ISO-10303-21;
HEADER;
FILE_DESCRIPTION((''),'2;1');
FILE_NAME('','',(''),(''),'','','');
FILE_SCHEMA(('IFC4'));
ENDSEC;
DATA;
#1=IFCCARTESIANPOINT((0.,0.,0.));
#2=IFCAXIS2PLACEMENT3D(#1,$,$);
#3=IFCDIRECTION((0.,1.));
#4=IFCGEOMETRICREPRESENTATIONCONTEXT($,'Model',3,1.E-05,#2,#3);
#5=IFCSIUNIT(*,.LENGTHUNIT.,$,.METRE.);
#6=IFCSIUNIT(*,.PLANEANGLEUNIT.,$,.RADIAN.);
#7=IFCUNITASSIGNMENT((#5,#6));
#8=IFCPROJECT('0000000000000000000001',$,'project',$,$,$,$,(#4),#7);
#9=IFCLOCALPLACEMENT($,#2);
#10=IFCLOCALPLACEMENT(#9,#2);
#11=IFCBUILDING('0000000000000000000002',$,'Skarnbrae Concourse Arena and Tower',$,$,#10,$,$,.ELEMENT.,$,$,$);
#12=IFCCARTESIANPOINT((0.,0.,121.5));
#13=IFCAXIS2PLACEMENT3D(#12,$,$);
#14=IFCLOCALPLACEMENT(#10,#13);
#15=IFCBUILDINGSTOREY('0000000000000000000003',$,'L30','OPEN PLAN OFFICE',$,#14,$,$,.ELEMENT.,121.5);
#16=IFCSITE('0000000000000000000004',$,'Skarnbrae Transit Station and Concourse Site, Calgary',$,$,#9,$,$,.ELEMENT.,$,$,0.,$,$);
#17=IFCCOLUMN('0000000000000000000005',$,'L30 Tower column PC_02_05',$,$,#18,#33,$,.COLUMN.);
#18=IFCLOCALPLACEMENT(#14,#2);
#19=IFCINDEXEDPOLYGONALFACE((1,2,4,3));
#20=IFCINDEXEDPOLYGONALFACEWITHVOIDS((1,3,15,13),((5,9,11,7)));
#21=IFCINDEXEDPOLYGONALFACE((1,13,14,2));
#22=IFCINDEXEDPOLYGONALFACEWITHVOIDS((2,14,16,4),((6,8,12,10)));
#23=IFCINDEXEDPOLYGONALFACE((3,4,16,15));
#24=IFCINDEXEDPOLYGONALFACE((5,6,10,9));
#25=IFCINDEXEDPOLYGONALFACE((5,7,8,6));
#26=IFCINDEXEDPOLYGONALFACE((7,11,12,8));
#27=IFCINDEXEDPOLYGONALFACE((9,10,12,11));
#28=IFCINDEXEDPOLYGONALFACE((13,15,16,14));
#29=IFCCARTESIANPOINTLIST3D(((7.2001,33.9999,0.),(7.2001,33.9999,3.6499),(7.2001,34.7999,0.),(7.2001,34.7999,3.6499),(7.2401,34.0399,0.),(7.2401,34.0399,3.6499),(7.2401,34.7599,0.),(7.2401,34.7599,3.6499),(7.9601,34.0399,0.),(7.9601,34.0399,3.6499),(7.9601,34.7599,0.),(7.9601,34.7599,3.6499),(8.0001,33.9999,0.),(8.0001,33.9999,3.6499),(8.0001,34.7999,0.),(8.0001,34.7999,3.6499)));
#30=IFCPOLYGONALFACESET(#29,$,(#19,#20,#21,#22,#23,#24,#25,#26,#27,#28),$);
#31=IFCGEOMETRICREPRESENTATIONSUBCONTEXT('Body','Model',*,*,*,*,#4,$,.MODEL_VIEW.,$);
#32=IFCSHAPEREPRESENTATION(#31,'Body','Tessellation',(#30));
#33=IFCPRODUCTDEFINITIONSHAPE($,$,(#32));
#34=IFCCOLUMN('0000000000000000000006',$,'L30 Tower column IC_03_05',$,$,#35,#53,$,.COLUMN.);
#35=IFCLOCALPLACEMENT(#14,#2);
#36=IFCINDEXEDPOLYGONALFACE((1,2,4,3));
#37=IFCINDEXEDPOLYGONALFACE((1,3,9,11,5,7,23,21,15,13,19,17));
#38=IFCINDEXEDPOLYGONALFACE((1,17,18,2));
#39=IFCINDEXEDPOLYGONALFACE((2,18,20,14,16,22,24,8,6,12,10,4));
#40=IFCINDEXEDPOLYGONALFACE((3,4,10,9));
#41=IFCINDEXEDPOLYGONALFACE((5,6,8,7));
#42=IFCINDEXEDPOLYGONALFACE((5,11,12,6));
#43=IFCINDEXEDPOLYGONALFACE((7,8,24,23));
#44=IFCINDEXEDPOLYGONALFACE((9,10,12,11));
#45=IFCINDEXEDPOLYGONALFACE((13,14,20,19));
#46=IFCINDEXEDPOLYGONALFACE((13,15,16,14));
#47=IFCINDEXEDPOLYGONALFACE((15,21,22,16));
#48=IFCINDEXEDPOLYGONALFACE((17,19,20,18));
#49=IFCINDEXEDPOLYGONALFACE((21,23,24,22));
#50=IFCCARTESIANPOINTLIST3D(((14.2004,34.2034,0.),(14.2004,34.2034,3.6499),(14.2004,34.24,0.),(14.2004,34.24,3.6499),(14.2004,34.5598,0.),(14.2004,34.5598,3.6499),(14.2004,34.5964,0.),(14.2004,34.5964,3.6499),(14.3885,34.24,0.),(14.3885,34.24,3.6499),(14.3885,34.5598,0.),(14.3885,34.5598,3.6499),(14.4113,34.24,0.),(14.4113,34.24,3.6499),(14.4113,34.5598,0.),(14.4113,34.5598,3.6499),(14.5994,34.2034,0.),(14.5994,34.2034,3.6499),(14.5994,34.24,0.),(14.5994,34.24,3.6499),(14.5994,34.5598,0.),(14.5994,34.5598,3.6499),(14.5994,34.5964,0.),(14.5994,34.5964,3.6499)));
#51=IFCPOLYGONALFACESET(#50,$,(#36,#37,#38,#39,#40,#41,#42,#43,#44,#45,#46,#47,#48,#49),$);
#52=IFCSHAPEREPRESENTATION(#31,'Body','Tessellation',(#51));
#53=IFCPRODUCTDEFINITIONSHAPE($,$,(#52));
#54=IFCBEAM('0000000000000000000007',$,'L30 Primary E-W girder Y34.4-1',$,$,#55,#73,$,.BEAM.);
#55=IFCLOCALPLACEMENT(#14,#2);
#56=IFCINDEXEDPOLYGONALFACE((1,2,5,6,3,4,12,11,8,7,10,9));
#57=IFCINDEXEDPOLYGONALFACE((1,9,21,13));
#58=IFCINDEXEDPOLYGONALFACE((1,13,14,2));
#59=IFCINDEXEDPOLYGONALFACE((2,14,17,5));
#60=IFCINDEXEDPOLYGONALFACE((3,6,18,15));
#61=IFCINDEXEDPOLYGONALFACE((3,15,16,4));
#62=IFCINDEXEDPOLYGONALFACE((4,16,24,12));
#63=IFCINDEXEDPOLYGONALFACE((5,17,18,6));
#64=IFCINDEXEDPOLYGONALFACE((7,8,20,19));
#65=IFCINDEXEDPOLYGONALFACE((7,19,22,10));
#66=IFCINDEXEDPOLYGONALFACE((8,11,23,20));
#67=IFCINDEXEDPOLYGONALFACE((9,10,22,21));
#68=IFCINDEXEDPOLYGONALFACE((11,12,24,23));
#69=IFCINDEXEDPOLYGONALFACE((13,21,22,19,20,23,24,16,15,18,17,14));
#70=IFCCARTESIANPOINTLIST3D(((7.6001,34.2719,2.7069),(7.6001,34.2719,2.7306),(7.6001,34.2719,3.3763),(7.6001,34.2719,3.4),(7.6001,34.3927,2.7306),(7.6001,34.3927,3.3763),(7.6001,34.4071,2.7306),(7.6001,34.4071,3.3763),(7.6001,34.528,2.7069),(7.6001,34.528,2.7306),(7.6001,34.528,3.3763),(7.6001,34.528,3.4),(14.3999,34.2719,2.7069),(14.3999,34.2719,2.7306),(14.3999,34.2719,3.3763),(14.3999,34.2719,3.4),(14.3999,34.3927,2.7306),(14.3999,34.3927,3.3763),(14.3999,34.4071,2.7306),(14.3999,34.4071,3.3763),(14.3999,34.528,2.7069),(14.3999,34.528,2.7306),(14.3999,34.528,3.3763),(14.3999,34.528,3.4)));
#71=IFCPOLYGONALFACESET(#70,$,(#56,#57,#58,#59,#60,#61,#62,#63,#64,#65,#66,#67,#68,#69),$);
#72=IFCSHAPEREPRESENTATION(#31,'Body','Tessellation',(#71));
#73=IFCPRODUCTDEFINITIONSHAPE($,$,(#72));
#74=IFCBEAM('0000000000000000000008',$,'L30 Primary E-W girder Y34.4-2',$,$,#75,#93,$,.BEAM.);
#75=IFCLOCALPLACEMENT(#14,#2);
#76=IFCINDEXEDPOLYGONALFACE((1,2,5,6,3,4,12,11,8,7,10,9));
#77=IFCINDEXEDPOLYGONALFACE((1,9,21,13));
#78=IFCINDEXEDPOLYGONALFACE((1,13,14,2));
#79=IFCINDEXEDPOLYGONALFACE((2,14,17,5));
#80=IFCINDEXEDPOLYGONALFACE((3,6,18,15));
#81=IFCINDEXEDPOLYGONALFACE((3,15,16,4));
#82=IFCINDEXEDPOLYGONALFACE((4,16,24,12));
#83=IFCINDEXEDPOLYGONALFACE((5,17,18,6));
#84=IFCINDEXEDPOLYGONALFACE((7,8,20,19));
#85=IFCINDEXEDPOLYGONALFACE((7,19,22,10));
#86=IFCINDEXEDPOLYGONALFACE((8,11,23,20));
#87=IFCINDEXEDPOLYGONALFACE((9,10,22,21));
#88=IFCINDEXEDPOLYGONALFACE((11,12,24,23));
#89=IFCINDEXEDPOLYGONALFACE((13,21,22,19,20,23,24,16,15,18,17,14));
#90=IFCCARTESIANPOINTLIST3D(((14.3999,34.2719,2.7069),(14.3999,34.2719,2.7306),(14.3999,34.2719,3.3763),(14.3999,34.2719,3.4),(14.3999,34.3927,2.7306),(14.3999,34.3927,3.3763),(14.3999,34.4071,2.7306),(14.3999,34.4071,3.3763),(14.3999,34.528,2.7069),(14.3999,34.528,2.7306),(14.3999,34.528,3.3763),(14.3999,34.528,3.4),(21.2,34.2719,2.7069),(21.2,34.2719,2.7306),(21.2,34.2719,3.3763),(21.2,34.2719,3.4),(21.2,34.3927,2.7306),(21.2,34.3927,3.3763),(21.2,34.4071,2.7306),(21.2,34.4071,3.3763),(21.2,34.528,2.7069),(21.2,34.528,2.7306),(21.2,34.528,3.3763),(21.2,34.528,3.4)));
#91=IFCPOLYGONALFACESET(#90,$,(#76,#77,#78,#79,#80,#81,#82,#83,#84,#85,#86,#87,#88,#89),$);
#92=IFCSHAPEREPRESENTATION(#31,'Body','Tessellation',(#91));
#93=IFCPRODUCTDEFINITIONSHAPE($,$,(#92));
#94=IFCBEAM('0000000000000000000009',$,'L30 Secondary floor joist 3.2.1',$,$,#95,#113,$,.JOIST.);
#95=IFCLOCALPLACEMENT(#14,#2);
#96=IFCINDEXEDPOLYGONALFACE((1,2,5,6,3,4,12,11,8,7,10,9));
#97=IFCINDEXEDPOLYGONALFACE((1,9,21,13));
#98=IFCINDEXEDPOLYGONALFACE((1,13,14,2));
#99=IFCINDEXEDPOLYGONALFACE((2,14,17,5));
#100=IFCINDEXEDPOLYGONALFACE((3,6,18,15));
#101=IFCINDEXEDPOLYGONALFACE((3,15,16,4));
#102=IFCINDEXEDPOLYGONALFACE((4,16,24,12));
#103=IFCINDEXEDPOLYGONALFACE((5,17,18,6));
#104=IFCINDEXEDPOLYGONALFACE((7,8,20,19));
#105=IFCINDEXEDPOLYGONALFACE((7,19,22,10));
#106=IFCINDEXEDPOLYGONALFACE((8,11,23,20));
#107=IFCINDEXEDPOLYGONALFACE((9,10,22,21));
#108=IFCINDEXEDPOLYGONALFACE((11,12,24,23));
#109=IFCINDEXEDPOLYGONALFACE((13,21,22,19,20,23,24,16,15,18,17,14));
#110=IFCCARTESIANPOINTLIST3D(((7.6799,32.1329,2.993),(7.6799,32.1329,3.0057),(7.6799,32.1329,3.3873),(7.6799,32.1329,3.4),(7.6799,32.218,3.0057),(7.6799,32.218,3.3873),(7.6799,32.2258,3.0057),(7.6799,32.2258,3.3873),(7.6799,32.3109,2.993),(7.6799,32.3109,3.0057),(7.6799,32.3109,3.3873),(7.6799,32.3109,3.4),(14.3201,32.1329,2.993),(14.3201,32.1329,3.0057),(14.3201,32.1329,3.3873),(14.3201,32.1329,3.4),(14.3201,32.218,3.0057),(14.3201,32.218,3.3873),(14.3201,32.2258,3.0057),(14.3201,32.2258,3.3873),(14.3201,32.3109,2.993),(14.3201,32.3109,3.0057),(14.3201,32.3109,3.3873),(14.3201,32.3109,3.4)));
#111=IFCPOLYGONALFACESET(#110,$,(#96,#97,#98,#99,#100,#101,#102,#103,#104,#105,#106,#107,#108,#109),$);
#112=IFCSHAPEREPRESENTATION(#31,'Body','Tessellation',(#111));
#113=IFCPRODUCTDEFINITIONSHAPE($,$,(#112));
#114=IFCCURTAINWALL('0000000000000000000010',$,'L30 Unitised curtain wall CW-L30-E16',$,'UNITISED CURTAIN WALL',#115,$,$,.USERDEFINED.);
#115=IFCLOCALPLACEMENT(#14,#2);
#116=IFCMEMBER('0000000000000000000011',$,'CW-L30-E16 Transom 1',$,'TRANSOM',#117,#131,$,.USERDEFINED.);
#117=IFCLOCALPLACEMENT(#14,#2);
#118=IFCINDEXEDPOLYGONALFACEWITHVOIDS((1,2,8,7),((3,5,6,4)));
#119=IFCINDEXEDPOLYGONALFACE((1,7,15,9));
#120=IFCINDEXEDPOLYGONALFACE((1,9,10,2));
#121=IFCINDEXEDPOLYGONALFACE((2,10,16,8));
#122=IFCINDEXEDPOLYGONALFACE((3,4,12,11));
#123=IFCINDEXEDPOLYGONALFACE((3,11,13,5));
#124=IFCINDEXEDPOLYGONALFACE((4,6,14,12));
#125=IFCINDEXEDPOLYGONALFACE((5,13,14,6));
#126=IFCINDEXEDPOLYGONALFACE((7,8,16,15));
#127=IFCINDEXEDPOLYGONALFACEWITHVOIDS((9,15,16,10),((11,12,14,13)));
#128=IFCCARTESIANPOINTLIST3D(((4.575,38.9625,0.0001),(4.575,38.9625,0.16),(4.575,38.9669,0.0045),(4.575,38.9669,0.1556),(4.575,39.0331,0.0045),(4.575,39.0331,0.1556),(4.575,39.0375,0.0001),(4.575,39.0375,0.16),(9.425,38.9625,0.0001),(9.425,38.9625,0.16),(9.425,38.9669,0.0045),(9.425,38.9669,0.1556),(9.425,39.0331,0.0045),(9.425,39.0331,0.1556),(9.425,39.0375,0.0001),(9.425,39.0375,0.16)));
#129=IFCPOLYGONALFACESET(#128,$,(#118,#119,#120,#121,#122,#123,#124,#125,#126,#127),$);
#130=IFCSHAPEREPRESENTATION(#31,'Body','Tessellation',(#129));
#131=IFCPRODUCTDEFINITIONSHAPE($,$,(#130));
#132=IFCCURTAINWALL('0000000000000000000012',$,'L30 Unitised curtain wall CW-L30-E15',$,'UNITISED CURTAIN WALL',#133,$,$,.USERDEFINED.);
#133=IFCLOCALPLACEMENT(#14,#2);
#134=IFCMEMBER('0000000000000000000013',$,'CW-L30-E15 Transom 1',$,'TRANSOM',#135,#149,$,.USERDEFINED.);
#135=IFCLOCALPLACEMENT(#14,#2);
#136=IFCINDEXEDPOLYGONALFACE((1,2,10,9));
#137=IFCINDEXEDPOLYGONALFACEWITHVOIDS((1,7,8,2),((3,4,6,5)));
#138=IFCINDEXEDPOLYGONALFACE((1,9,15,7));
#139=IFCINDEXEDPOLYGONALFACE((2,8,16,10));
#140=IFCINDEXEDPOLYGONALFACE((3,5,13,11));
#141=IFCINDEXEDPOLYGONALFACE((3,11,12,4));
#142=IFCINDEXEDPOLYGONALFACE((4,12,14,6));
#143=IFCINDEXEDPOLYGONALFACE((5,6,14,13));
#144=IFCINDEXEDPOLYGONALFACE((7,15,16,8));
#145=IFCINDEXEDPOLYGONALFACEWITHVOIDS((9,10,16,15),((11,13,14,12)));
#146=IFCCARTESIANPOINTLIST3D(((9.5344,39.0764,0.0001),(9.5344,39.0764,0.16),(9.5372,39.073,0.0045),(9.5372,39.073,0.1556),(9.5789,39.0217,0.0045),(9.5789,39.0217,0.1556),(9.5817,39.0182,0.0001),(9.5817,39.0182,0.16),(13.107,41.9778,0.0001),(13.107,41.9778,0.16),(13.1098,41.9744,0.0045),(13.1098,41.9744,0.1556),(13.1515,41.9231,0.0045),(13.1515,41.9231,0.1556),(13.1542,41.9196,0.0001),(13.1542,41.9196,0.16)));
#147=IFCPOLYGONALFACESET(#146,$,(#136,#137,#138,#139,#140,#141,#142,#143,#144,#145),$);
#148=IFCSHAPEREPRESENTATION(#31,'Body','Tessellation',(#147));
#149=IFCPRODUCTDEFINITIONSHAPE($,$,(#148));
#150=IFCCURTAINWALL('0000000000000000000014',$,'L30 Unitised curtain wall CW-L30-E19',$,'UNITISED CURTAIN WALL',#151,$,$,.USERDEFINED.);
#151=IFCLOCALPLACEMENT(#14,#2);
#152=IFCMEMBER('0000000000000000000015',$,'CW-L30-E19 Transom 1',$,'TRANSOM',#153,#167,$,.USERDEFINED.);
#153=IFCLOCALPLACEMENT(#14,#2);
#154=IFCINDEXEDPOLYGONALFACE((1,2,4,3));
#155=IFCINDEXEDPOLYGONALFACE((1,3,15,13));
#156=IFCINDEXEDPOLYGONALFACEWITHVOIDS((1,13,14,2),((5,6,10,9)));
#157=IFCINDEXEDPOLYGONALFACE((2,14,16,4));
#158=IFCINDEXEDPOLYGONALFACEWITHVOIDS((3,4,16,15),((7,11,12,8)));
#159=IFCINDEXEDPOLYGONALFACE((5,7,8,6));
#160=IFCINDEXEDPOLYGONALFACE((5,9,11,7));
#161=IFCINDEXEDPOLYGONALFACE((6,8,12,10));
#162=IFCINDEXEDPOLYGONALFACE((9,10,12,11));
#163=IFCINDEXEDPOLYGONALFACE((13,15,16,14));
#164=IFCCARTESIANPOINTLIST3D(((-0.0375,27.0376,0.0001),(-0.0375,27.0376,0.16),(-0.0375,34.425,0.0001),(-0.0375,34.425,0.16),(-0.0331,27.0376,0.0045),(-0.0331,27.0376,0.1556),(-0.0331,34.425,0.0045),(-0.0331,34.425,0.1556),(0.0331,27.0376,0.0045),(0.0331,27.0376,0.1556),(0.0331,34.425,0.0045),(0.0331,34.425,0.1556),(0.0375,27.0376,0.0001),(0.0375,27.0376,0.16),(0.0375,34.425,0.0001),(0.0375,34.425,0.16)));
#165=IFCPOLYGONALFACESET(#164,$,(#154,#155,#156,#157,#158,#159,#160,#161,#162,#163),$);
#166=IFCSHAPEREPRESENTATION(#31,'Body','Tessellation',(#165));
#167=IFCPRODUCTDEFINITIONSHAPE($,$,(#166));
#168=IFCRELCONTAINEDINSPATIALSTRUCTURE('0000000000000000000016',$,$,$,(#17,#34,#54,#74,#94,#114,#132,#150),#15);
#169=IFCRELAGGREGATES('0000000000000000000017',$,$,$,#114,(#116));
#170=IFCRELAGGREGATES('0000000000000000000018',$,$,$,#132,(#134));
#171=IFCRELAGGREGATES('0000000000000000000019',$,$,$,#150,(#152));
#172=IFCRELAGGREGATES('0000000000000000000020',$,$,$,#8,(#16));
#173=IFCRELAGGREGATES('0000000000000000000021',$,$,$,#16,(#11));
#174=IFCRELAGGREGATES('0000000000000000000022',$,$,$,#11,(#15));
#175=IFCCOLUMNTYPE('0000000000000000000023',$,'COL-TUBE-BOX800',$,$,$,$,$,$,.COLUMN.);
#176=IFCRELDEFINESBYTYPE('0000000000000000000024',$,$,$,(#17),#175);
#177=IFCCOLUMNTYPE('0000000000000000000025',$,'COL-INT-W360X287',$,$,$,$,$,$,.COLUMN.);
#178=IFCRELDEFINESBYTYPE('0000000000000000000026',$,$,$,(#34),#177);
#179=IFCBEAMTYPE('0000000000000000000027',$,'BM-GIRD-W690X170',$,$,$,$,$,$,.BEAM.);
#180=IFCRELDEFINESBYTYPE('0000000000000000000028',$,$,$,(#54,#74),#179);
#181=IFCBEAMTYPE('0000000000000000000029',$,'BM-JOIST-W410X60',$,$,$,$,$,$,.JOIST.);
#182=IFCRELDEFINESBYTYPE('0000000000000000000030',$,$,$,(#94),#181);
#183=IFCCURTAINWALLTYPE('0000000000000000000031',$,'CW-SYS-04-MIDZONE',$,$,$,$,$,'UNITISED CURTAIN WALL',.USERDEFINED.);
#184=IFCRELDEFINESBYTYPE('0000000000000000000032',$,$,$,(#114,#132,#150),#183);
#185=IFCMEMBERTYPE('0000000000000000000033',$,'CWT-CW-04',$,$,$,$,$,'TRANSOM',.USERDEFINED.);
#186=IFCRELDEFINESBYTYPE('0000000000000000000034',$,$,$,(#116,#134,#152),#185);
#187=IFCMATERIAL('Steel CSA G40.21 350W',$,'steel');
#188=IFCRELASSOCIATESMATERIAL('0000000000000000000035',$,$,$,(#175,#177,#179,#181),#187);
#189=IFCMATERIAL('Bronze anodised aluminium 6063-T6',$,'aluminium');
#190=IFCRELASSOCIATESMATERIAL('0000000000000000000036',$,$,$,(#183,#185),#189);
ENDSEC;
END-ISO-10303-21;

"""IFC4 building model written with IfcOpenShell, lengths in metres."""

from ifc_helpers import new_model, si_unit, direction, frame, origin, origin_2d, place, context, subcontext, project, spatial, hollow_rectangle, i_section, extrude, source, transform, mapped, material, material_profile, profile_set, type_object, element, aggregate, save


model = new_model("IFC4")

# Units and contexts
model_context = context("Model", 3, precision=1e-05, world=origin(), true_north=direction((0.0, 1.0)))
body_context = subcontext(model_context, "Body", "Model", "MODEL_VIEW")
ifc_project = project(units=[si_unit("LENGTHUNIT", "METRE"), si_unit("PLANEANGLEUNIT", "RADIAN")], contexts=[model_context])

# Site, building, storey
site_placement = place(None, origin())
site = spatial("IfcSite", under=ifc_project, at=site_placement, Name="Skarnbrae Transit Station and Concourse Site, Calgary", CompositionType="ELEMENT", RefElevation=0.0)
building_placement = place(site_placement, origin())
building = spatial("IfcBuilding", under=site, at=building_placement, Name="Skarnbrae Concourse Arena and Tower", CompositionType="ELEMENT")
storey_placement = place(building_placement, frame((0.0, 0.0, 121.5)))
storey = spatial("IfcBuildingStorey", under=building, at=storey_placement, Name="L30", Description="OPEN PLAN OFFICE", CompositionType="ELEMENT", Elevation=121.5)

# Columns
ifc_material_1 = material(Name="Steel CSA G40.21 350W", Category="steel")
ifc_material_profile_1 = material_profile(ifc_material_1, hollow_rectangle(XDim=0.8, YDim=0.8, WallThickness=0.04, at=origin_2d()), Name="BOX800X800X40")
ifc_profile_set_1 = profile_set([ifc_material_profile_1], Name="Steel CSA G40.21 350W")
column_type_1 = type_object("IfcColumnType", Name="COL-TUBE-BOX800", PredefinedType="COLUMN", material=ifc_profile_set_1)
shared_shape_1 = source(origin(), body_context, "Body", "SweptSolid", [
    extrude(hollow_rectangle(XDim=0.8, YDim=0.8, WallThickness=0.04, at=origin_2d()), origin(), (0.0, 0.0, 1.0), 3.6499),
])
column_1_placement = place(storey_placement, frame((7.6001, 34.3999, 0.0), z_axis=(0.0, 0.0, 1.0), x_axis=(1.0, 0.0, 0.0)))
element("IfcColumn", 1, at=column_1_placement, inside=storey, type_object=column_type_1, Name="L30 Tower column PC_02_05", PredefinedType="COLUMN", context=body_context, shape_type="MappedRepresentation", body=[
    mapped(shared_shape_1, transform((0.0, 0.0, 0.0))),
])
ifc_material_profile_2 = material_profile(ifc_material_1, i_section(OverallWidth=0.3989, OverallDepth=0.3931, WebThickness=0.0227, FlangeThickness=0.0366, at=origin_2d()), Name="W360X287")
ifc_profile_set_2 = profile_set([ifc_material_profile_2], Name="Steel CSA G40.21 350W")
column_type_2 = type_object("IfcColumnType", Name="COL-INT-W360X287", PredefinedType="COLUMN", material=ifc_profile_set_2)
shared_shape_2 = source(origin(), body_context, "Body", "SweptSolid", [
    extrude(i_section(OverallWidth=0.3989, OverallDepth=0.3931, WebThickness=0.0227, FlangeThickness=0.0366, at=origin_2d()), origin(), (0.0, 0.0, 1.0), 3.6499),
])
column_2_placement = place(storey_placement, frame((14.3999, 34.3999, 0.0), z_axis=(0.0, 0.0, 1.0), x_axis=(1.0, 0.0, 0.0)))
element("IfcColumn", 2, at=column_2_placement, inside=storey, type_object=column_type_2, Name="L30 Tower column IC_03_05", PredefinedType="COLUMN", context=body_context, shape_type="MappedRepresentation", body=[
    mapped(shared_shape_2, transform((0.0, 0.0, 0.0))),
])

# Beams
ifc_material_profile_3 = material_profile(ifc_material_1, i_section(OverallWidth=0.2561, OverallDepth=0.6931, WebThickness=0.0144, FlangeThickness=0.0237, at=origin_2d()), Name="W690X170")
ifc_profile_set_3 = profile_set([ifc_material_profile_3], Name="Steel CSA G40.21 350W")
beam_type_1 = type_object("IfcBeamType", Name="BM-GIRD-W690X170", PredefinedType="BEAM", material=ifc_profile_set_3)
shared_shape_3 = source(origin(), body_context, "Body", "SweptSolid", [
    extrude(i_section(OverallWidth=0.2561, OverallDepth=0.6931, WebThickness=0.0144, FlangeThickness=0.0237, at=origin_2d()), origin(), (0.0, 0.0, 1.0), 6.7998),
])
beam_1_placement = place(storey_placement, frame((7.6001, 34.3999, 3.0535), z_axis=(1.0, 0.0, 0.0), x_axis=(0.0, 1.0, 0.0)))
element("IfcBeam", 3, at=beam_1_placement, inside=storey, type_object=beam_type_1, Name="L30 Primary E-W girder Y34.4-1", PredefinedType="BEAM", context=body_context, shape_type="MappedRepresentation", body=[
    mapped(shared_shape_3, transform((0.0, 0.0, 0.0))),
])
shared_shape_4 = source(origin(), body_context, "Body", "SweptSolid", [
    extrude(i_section(OverallWidth=0.2561, OverallDepth=0.6931, WebThickness=0.0144, FlangeThickness=0.0237, at=origin_2d()), origin(), (0.0, 0.0, 1.0), 6.8),
])
beam_2_placement = place(storey_placement, frame((14.3999, 34.3999, 3.0535), z_axis=(1.0, 0.0, 0.0), x_axis=(0.0, 1.0, 0.0)))
element("IfcBeam", 4, at=beam_2_placement, inside=storey, type_object=beam_type_1, Name="L30 Primary E-W girder Y34.4-2", PredefinedType="BEAM", context=body_context, shape_type="MappedRepresentation", body=[
    mapped(shared_shape_4, transform((0.0, 0.0, 0.0))),
])
ifc_material_profile_4 = material_profile(ifc_material_1, i_section(OverallWidth=0.178, OverallDepth=0.407, WebThickness=0.0078, FlangeThickness=0.0127, at=origin_2d()), Name="W410X60")
ifc_profile_set_4 = profile_set([ifc_material_profile_4], Name="Steel CSA G40.21 350W")
beam_type_2 = type_object("IfcBeamType", Name="BM-JOIST-W410X60", PredefinedType="JOIST", material=ifc_profile_set_4)
shared_shape_5 = source(origin(), body_context, "Body", "SweptSolid", [
    extrude(i_section(OverallWidth=0.178, OverallDepth=0.407, WebThickness=0.0078, FlangeThickness=0.0127, at=origin_2d()), origin(), (0.0, 0.0, 1.0), 6.6401),
])
beam_3_placement = place(storey_placement, frame((7.6799, 32.2219, 3.1965), z_axis=(1.0, 0.0, 0.0), x_axis=(0.0, 1.0, 0.0)))
element("IfcBeam", 5, at=beam_3_placement, inside=storey, type_object=beam_type_2, Name="L30 Secondary floor joist 3.2.1", PredefinedType="JOIST", context=body_context, shape_type="MappedRepresentation", body=[
    mapped(shared_shape_5, transform((0.0, 0.0, 0.0))),
])

# Curtain walls, members
ifc_material_2 = material(Name="Bronze anodised aluminium 6063-T6", Category="aluminium")
curtain_wall_type = type_object("IfcCurtainWallType", Name="CW-SYS-04-MIDZONE", ElementType="UNITISED CURTAIN WALL", PredefinedType="USERDEFINED", material=ifc_material_2)
curtain_wall_1_placement = place(storey_placement, origin())
curtain_wall_1 = element("IfcCurtainWall", 6, at=curtain_wall_1_placement, inside=storey, type_object=curtain_wall_type, Name="L30 Unitised curtain wall CW-L30-E16", ObjectType="UNITISED CURTAIN WALL", PredefinedType="USERDEFINED")
ifc_material_profile_5 = material_profile(ifc_material_2, hollow_rectangle(XDim=0.075, YDim=0.1599, WallThickness=0.0044, at=origin_2d()), Name="ALU-TRAN-75X160")
ifc_profile_set_5 = profile_set([ifc_material_profile_5], Name="Bronze anodised aluminium 6063-T6")
member_type_1 = type_object("IfcMemberType", Name="CWT-CW-04", ElementType="TRANSOM", PredefinedType="USERDEFINED", material=ifc_profile_set_5)
shared_shape_6 = source(origin(), body_context, "Body", "SweptSolid", [
    extrude(hollow_rectangle(XDim=0.075, YDim=0.1599, WallThickness=0.0044, at=origin_2d()), origin(), (0.0, 0.0, 1.0), 4.8501),
])
member_1_placement = place(storey_placement, frame((9.425, 39.0, 0.0801), z_axis=(-1.0, 0.0, 0.0), x_axis=(0.0, -1.0, 0.0)))
member_1 = element("IfcMember", 7, at=member_1_placement, type_object=member_type_1, Name="CW-L30-E16 Transom 1", ObjectType="TRANSOM", PredefinedType="USERDEFINED", context=body_context, shape_type="MappedRepresentation", body=[
    mapped(shared_shape_6, transform((0.0, 0.0, 0.0))),
])
curtain_wall_2_placement = place(storey_placement, origin())
curtain_wall_2 = element("IfcCurtainWall", 8, at=curtain_wall_2_placement, inside=storey, type_object=curtain_wall_type, Name="L30 Unitised curtain wall CW-L30-E15", ObjectType="UNITISED CURTAIN WALL", PredefinedType="USERDEFINED")
shared_shape_7 = source(origin(), body_context, "Body", "SweptSolid", [
    extrude(hollow_rectangle(XDim=0.075, YDim=0.1599, WallThickness=0.0044, at=origin_2d()), origin(), (0.0, 0.0, 1.0), 4.6023),
])
member_2_placement = place(storey_placement, frame((13.1306, 41.9487, 0.0801), z_axis=(-0.776252, -0.630423, 0.0), x_axis=(0.630423, -0.776252, 0.0)))
member_2 = element("IfcMember", 9, at=member_2_placement, type_object=member_type_1, Name="CW-L30-E15 Transom 1", ObjectType="TRANSOM", PredefinedType="USERDEFINED", context=body_context, shape_type="MappedRepresentation", body=[
    mapped(shared_shape_7, transform((0.0, 0.0, 0.0))),
])
curtain_wall_3_placement = place(storey_placement, origin())
curtain_wall_3 = element("IfcCurtainWall", 10, at=curtain_wall_3_placement, inside=storey, type_object=curtain_wall_type, Name="L30 Unitised curtain wall CW-L30-E19", ObjectType="UNITISED CURTAIN WALL", PredefinedType="USERDEFINED")
shared_shape_8 = source(origin(), body_context, "Body", "SweptSolid", [
    extrude(hollow_rectangle(XDim=0.075, YDim=0.1599, WallThickness=0.0044, at=origin_2d()), origin(), (0.0, 0.0, 1.0), 7.3875),
])
member_3_placement = place(storey_placement, frame((0.0, 34.425, 0.0801), z_axis=(0.0, -1.0, 0.0), x_axis=(1.0, 0.0, 0.0)))
member_3 = element("IfcMember", 11, at=member_3_placement, type_object=member_type_1, Name="CW-L30-E19 Transom 1", ObjectType="TRANSOM", PredefinedType="USERDEFINED", context=body_context, shape_type="MappedRepresentation", body=[
    mapped(shared_shape_8, transform((0.0, 0.0, 0.0))),
])

aggregate(curtain_wall_1, [member_1])
aggregate(curtain_wall_2, [member_2])
aggregate(curtain_wall_3, [member_3])

save(model, "model.ifc")
